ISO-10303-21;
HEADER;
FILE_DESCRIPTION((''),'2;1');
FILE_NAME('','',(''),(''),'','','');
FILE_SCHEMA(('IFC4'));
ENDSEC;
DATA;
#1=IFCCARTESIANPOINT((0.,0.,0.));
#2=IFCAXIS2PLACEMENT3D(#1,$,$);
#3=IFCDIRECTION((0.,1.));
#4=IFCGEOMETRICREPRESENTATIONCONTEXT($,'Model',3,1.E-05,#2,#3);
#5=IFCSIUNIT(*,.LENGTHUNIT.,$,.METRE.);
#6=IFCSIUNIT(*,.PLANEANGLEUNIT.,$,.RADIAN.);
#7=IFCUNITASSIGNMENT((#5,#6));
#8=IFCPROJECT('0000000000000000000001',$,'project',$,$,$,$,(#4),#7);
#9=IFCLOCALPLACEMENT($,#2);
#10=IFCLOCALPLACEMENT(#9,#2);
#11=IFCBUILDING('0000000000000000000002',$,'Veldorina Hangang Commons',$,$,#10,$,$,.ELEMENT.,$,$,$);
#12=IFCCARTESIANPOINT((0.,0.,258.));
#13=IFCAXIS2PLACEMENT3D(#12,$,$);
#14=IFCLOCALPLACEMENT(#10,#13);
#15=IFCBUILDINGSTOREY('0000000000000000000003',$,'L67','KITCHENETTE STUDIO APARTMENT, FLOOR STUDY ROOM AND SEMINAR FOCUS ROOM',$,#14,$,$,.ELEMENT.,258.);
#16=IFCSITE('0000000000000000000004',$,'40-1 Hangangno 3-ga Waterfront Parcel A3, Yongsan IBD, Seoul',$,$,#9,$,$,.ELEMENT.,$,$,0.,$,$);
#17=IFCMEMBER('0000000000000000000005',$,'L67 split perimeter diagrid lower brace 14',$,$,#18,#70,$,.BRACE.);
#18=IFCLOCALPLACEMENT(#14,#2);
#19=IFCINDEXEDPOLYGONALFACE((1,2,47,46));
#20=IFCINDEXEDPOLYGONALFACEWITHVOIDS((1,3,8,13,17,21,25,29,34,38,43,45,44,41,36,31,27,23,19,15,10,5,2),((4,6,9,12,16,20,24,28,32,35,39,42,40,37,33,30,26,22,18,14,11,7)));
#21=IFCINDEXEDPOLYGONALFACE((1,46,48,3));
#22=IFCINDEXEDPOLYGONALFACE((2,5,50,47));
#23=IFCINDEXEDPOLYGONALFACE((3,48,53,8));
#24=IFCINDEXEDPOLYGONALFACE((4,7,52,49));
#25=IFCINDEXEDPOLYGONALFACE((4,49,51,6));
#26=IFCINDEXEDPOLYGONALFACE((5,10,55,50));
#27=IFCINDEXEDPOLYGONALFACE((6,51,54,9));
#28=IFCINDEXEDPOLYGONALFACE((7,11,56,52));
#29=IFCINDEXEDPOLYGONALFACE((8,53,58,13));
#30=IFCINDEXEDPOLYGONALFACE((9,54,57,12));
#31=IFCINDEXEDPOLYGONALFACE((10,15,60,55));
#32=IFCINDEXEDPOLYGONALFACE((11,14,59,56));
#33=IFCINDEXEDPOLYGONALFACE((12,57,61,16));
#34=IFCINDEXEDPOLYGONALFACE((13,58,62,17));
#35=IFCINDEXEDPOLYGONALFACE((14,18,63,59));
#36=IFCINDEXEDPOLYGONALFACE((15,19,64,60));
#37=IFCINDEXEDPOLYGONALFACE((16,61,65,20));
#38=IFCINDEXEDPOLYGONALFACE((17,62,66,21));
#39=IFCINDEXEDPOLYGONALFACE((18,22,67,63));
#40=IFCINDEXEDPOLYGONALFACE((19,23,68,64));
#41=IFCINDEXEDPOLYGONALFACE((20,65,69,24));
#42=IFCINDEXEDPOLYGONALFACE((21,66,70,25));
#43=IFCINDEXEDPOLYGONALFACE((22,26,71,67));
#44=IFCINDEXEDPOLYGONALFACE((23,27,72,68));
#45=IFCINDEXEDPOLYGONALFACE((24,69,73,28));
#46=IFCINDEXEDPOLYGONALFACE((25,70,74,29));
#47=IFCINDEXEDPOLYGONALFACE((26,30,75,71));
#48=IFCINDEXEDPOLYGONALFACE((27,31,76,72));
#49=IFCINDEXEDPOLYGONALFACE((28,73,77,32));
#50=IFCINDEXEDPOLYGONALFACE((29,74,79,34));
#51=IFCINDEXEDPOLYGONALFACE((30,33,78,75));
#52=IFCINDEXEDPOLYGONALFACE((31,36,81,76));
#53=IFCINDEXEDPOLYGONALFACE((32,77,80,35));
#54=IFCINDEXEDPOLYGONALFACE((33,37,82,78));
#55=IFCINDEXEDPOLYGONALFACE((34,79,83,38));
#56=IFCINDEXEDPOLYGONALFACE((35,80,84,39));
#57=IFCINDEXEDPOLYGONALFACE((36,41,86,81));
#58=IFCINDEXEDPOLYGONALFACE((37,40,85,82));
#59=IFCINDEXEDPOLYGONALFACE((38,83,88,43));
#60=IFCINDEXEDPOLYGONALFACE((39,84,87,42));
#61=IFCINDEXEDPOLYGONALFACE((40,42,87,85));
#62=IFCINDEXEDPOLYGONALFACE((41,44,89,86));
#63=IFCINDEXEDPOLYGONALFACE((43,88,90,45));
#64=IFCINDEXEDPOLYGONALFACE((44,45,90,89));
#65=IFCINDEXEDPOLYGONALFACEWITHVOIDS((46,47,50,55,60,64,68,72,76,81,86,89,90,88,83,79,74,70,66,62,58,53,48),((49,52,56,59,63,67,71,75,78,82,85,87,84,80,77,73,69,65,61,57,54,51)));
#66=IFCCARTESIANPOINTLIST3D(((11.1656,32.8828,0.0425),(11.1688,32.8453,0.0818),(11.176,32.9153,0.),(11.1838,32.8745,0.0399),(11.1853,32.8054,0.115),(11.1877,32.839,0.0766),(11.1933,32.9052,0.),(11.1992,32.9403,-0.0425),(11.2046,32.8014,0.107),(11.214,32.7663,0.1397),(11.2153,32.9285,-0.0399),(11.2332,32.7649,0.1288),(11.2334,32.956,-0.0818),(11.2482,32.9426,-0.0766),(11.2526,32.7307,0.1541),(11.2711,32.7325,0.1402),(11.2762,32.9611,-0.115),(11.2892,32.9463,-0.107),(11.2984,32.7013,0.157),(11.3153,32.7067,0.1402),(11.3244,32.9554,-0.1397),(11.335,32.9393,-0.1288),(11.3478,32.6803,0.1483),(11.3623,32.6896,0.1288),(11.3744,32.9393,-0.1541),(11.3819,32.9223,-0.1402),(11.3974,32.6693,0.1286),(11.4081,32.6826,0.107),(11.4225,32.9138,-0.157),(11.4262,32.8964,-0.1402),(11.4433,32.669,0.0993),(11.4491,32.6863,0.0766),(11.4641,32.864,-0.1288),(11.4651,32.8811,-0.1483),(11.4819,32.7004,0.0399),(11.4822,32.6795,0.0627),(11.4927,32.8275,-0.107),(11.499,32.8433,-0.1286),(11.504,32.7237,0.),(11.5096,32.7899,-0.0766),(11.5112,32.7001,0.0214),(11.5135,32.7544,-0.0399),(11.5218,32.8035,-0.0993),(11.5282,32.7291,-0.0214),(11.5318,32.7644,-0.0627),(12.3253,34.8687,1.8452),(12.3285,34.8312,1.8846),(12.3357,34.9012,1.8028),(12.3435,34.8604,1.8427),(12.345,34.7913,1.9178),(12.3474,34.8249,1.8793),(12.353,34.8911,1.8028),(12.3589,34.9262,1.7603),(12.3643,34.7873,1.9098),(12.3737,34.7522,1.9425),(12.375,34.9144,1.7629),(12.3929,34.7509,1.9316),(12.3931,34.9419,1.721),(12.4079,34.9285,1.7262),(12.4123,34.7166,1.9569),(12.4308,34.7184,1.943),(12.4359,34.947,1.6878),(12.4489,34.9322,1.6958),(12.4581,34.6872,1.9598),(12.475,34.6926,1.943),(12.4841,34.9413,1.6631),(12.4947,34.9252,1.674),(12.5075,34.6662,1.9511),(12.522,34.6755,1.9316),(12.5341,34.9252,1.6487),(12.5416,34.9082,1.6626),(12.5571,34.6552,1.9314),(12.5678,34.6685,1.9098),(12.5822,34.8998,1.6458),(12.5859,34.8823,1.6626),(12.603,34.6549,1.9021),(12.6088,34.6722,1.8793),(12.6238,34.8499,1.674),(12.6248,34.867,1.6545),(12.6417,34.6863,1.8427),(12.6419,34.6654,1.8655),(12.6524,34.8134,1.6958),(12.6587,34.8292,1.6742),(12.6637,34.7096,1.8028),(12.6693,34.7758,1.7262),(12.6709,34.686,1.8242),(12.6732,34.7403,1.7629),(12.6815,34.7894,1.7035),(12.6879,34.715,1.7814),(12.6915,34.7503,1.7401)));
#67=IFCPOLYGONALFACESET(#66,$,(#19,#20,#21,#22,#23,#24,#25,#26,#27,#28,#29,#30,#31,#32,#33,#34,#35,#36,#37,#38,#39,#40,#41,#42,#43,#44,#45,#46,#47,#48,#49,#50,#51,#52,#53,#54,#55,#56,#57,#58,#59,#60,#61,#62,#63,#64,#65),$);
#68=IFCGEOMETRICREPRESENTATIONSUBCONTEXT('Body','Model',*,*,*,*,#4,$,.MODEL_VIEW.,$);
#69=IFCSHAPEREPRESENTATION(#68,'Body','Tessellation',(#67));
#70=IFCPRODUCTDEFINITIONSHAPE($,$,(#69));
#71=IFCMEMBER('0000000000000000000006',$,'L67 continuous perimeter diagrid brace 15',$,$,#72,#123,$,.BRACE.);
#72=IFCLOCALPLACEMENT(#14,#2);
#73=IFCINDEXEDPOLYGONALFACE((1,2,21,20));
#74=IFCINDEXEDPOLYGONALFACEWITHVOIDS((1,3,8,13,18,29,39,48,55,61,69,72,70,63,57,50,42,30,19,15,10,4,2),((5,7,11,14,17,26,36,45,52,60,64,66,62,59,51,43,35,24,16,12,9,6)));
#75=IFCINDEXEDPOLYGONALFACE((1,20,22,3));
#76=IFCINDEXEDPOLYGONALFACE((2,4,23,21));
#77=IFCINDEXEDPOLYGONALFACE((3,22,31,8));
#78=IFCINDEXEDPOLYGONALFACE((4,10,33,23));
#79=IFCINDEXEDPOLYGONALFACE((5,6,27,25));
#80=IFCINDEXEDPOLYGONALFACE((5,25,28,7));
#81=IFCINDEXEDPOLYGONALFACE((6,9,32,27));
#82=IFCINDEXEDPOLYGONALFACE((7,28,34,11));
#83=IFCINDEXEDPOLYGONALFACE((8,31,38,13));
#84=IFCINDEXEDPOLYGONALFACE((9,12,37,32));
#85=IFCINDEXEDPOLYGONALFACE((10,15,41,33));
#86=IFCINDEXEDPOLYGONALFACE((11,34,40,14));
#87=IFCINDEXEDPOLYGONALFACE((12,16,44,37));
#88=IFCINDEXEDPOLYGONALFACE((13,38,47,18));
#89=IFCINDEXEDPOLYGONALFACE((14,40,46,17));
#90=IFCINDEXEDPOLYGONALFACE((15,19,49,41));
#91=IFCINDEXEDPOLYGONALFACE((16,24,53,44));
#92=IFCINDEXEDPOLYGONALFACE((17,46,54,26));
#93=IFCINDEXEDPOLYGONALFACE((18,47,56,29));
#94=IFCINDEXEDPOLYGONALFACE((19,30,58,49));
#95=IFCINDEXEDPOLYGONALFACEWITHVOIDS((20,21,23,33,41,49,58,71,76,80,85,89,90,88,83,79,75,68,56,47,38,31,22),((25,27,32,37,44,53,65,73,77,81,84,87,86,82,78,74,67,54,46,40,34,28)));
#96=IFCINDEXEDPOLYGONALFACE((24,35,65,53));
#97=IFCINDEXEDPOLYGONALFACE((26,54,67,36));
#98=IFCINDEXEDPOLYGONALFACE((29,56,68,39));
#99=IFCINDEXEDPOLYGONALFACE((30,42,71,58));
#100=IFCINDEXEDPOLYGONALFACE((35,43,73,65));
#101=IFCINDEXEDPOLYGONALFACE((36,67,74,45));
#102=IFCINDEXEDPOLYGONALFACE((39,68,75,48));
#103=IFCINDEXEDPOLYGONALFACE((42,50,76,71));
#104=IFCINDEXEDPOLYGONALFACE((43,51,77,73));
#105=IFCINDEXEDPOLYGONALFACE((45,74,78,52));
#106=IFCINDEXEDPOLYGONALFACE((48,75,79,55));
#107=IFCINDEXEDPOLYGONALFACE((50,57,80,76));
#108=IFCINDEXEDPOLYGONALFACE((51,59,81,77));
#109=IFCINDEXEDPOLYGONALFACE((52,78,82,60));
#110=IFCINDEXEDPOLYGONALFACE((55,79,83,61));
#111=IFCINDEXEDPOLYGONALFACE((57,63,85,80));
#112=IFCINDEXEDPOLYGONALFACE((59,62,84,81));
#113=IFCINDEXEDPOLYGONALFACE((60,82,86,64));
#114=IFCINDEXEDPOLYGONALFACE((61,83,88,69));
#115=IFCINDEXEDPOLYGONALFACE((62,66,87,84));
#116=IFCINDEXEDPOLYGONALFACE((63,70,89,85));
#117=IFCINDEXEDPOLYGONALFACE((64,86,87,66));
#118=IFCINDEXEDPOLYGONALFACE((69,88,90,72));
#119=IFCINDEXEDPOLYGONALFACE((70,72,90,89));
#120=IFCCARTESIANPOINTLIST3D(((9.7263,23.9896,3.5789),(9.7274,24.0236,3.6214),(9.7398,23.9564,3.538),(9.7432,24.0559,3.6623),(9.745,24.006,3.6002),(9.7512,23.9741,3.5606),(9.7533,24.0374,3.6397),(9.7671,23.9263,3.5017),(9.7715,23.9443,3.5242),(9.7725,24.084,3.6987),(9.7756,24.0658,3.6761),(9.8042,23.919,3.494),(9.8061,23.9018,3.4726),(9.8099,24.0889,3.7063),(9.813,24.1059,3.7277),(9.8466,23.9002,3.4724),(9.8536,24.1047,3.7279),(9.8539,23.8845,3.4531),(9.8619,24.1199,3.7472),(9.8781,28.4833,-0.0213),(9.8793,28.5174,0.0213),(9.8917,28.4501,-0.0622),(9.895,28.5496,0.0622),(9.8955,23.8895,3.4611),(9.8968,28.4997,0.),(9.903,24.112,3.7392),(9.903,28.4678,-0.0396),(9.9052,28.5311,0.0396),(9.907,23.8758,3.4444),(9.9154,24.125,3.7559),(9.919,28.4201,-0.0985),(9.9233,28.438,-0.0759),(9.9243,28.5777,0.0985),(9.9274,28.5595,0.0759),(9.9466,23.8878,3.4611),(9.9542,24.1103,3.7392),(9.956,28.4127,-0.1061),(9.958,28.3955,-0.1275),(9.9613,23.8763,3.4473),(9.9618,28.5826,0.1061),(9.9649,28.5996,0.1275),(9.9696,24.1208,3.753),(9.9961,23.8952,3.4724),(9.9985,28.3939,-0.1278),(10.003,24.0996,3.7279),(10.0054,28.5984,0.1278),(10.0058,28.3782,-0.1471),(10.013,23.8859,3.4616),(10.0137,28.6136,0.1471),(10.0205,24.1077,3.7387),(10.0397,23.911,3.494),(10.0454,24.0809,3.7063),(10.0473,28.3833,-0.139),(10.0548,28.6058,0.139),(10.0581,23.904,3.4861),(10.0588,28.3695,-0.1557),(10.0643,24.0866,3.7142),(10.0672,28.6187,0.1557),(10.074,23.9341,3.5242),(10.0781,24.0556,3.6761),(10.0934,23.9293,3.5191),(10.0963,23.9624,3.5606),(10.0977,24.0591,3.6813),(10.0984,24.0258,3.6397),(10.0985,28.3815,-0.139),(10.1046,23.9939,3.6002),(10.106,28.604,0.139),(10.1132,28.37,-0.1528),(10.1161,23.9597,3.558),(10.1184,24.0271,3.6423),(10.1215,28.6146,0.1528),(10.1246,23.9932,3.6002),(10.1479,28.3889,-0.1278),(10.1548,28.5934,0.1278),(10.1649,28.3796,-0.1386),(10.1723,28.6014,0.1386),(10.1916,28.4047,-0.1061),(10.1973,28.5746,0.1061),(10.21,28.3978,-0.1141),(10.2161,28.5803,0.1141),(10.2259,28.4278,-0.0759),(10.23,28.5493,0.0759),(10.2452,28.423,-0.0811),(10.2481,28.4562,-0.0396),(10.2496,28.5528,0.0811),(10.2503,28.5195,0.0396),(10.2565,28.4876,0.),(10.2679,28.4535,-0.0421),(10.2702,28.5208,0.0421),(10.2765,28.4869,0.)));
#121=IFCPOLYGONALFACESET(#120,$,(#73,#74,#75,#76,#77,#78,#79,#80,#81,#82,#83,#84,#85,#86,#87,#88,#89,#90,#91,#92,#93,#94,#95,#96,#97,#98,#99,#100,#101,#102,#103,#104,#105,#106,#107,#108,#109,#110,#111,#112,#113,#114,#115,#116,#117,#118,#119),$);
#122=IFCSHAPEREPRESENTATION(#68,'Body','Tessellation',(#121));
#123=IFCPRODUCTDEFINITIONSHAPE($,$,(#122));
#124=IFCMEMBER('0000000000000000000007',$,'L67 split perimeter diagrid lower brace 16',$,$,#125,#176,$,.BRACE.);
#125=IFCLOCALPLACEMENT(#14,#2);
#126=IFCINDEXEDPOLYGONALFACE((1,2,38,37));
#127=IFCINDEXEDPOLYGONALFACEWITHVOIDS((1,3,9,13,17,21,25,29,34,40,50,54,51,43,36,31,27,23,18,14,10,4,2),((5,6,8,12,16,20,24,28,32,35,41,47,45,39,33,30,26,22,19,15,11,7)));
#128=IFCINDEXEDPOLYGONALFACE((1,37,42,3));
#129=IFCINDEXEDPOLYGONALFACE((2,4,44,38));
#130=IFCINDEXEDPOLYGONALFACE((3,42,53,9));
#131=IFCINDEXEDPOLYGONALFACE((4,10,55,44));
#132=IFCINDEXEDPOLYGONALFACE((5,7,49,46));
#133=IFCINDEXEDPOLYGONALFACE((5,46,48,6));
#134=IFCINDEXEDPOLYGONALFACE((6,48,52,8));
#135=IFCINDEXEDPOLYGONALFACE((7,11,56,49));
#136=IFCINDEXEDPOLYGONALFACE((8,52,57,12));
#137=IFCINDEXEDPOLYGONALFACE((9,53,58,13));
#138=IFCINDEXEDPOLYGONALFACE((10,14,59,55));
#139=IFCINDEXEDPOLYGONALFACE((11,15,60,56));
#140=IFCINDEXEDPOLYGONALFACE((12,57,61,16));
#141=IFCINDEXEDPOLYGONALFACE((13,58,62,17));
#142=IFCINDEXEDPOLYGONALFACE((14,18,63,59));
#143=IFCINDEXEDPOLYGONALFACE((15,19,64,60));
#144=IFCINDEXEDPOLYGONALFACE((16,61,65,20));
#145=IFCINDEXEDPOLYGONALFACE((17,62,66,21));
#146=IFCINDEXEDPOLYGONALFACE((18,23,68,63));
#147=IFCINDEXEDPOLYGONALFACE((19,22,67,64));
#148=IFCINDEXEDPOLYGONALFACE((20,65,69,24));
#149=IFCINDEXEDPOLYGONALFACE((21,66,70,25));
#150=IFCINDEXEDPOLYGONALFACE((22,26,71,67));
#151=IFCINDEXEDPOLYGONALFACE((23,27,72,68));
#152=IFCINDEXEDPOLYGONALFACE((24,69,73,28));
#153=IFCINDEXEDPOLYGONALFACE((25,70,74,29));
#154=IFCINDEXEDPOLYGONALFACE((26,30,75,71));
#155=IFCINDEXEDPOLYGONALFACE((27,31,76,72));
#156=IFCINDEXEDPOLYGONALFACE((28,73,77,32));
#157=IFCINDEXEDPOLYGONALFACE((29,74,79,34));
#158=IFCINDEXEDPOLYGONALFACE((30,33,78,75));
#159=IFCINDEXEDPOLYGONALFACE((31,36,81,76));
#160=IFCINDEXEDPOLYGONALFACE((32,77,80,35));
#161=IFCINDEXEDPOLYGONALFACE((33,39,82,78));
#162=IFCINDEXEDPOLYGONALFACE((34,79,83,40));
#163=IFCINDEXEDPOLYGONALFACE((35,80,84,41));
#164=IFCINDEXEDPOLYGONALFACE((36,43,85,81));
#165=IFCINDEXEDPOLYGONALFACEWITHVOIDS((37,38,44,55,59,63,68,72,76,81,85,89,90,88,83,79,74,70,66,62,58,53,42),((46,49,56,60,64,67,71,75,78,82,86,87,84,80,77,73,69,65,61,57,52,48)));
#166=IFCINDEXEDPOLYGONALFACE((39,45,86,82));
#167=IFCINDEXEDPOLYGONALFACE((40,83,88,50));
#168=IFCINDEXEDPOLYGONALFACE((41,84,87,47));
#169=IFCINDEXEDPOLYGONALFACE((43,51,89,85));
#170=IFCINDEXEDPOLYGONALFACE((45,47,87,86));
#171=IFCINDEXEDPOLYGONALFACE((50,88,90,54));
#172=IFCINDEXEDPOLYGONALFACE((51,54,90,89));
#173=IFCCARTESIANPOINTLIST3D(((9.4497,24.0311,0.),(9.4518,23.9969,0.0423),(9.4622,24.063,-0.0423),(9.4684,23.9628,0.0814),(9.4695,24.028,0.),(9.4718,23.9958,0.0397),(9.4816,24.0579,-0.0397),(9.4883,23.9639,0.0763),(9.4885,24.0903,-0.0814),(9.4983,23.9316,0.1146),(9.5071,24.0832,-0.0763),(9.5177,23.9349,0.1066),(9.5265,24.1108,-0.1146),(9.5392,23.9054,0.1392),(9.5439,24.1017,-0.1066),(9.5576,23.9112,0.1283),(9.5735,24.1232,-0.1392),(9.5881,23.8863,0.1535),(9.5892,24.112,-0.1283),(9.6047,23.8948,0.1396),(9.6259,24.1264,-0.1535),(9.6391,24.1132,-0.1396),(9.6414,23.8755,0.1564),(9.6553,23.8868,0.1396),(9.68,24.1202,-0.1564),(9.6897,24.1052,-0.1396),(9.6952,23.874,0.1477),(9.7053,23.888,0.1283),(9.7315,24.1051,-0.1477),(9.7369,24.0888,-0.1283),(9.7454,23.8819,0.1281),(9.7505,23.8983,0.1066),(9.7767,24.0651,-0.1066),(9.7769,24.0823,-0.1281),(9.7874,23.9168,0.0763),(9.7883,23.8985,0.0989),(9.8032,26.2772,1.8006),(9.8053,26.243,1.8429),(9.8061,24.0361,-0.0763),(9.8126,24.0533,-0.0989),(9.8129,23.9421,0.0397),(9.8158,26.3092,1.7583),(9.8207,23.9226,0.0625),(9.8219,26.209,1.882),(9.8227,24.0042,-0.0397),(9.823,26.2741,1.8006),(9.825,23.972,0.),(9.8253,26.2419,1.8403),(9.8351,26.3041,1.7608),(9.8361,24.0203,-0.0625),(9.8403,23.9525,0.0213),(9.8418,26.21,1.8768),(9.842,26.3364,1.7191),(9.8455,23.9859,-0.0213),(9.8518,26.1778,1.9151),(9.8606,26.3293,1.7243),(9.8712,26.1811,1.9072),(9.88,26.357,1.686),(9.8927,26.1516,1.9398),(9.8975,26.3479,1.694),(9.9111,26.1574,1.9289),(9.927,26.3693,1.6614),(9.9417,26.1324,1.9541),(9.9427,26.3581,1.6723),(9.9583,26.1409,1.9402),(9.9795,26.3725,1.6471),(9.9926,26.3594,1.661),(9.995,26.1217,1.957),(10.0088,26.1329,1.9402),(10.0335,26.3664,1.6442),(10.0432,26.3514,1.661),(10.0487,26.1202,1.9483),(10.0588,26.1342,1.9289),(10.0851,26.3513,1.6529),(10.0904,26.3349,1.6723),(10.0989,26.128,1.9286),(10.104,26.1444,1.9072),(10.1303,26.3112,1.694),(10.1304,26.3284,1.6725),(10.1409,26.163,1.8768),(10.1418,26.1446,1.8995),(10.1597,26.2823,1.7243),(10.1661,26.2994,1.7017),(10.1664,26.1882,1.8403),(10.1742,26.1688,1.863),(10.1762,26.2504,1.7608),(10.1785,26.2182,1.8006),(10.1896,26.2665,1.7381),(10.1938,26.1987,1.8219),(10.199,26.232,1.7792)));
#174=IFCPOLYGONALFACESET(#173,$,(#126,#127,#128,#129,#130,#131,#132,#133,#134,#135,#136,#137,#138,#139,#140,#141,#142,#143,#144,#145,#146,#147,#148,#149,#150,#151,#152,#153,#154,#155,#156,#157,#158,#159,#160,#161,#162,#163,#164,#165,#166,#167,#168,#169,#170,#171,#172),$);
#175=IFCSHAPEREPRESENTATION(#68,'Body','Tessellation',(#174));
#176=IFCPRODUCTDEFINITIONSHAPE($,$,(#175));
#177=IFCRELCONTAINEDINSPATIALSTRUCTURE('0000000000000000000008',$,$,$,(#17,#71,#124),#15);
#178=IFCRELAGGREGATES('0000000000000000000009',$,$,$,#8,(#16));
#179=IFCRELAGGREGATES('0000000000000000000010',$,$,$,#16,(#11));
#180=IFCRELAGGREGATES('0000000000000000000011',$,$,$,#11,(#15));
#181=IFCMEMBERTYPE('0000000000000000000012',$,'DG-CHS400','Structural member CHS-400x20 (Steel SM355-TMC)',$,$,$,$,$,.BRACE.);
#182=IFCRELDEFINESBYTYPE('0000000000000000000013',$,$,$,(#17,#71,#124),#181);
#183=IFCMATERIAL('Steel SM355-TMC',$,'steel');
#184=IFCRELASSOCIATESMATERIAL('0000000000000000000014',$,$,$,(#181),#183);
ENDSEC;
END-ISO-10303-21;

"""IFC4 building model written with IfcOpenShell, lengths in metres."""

from ifc_helpers import new_model, si_unit, direction, frame, origin, origin_2d, place, context, subcontext, project, spatial, hollow_circle, extrude, material, material_profile, profile_set, type_object, element, save


model = new_model("IFC4")

# Units and contexts
model_context = context("Model", 3, precision=1e-05, world=origin(), true_north=direction((0.0, 1.0)))
body_context = subcontext(model_context, "Body", "Model", "MODEL_VIEW")
ifc_project = project(units=[si_unit("LENGTHUNIT", "METRE"), si_unit("PLANEANGLEUNIT", "RADIAN")], contexts=[model_context])

# Site, building, storey
site_placement = place(None, origin())
site = spatial("IfcSite", under=ifc_project, at=site_placement, Name="40-1 Hangangno 3-ga Waterfront Parcel A3, Yongsan IBD, Seoul", CompositionType="ELEMENT", RefElevation=0.0)
building_placement = place(site_placement, origin())
building = spatial("IfcBuilding", under=site, at=building_placement, Name="Veldorina Hangang Commons", CompositionType="ELEMENT")
storey_placement = place(building_placement, frame((0.0, 0.0, 258.0)))
storey = spatial("IfcBuildingStorey", under=building, at=storey_placement, Name="L67", Description="KITCHENETTE STUDIO APARTMENT, FLOOR STUDY ROOM AND SEMINAR FOCUS ROOM", CompositionType="ELEMENT", Elevation=258.0)

# Shared definitions
ifc_material_1 = material(Name="Steel SM355-TMC", Category="steel")

# Members
ifc_material_profile_1 = material_profile(ifc_material_1, hollow_circle(Radius=0.2, WallThickness=0.02, at=origin_2d()), Name="CHS-400x20")
ifc_profile_set_1 = profile_set([ifc_material_profile_1], Name="Steel SM355-TMC")
member_type_1 = type_object("IfcMemberType", Name="DG-CHS400", Description="Structural member CHS-400x20 (Steel SM355-TMC)", PredefinedType="BRACE", material=ifc_profile_set_1)
member_1_placement = place(storey_placement, frame((11.3486, 32.8145, 0.0), z_axis=(0.396871, 0.67961, 0.616947), x_axis=(-0.86354, 0.50428, 0.0)))
element("IfcMember", 1, at=member_1_placement, inside=storey, type_object=member_type_1, Name="L67 split perimeter diagrid lower brace 14", PredefinedType="BRACE", context=body_context, shape_type="SweptSolid", body=[
    extrude(hollow_circle(Radius=0.2, WallThickness=0.02, at=origin_2d()), origin(), (0.0, 0.0, 1.0), 2.9221),
])
member_2_placement = place(storey_placement, frame((10.0767, 28.4937, 0.0), z_axis=(-0.026364, -0.780159, 0.625026), x_axis=(0.999429, -0.033774, 0.0)))
element("IfcMember", 2, at=member_2_placement, inside=storey, type_object=member_type_1, Name="L67 continuous perimeter diagrid brace 15", PredefinedType="BRACE", context=body_context, shape_type="SweptSolid", body=[
    extrude(hollow_circle(Radius=0.2, WallThickness=0.02, at=origin_2d()), origin(), (0.0, 0.0, 1.0), 5.76),
])
member_3_placement = place(storey_placement, frame((9.6472, 24.0, 0.0), z_axis=(0.121889, 0.77443, 0.620807), x_axis=(-0.987839, 0.155477, 0.0)))
element("IfcMember", 3, at=member_3_placement, inside=storey, type_object=member_type_1, Name="L67 split perimeter diagrid lower brace 16", PredefinedType="BRACE", context=body_context, shape_type="SweptSolid", body=[
    extrude(hollow_circle(Radius=0.2, WallThickness=0.02, at=origin_2d()), origin(), (0.0, 0.0, 1.0), 2.9004),
])

save(model, "model.ifc")
